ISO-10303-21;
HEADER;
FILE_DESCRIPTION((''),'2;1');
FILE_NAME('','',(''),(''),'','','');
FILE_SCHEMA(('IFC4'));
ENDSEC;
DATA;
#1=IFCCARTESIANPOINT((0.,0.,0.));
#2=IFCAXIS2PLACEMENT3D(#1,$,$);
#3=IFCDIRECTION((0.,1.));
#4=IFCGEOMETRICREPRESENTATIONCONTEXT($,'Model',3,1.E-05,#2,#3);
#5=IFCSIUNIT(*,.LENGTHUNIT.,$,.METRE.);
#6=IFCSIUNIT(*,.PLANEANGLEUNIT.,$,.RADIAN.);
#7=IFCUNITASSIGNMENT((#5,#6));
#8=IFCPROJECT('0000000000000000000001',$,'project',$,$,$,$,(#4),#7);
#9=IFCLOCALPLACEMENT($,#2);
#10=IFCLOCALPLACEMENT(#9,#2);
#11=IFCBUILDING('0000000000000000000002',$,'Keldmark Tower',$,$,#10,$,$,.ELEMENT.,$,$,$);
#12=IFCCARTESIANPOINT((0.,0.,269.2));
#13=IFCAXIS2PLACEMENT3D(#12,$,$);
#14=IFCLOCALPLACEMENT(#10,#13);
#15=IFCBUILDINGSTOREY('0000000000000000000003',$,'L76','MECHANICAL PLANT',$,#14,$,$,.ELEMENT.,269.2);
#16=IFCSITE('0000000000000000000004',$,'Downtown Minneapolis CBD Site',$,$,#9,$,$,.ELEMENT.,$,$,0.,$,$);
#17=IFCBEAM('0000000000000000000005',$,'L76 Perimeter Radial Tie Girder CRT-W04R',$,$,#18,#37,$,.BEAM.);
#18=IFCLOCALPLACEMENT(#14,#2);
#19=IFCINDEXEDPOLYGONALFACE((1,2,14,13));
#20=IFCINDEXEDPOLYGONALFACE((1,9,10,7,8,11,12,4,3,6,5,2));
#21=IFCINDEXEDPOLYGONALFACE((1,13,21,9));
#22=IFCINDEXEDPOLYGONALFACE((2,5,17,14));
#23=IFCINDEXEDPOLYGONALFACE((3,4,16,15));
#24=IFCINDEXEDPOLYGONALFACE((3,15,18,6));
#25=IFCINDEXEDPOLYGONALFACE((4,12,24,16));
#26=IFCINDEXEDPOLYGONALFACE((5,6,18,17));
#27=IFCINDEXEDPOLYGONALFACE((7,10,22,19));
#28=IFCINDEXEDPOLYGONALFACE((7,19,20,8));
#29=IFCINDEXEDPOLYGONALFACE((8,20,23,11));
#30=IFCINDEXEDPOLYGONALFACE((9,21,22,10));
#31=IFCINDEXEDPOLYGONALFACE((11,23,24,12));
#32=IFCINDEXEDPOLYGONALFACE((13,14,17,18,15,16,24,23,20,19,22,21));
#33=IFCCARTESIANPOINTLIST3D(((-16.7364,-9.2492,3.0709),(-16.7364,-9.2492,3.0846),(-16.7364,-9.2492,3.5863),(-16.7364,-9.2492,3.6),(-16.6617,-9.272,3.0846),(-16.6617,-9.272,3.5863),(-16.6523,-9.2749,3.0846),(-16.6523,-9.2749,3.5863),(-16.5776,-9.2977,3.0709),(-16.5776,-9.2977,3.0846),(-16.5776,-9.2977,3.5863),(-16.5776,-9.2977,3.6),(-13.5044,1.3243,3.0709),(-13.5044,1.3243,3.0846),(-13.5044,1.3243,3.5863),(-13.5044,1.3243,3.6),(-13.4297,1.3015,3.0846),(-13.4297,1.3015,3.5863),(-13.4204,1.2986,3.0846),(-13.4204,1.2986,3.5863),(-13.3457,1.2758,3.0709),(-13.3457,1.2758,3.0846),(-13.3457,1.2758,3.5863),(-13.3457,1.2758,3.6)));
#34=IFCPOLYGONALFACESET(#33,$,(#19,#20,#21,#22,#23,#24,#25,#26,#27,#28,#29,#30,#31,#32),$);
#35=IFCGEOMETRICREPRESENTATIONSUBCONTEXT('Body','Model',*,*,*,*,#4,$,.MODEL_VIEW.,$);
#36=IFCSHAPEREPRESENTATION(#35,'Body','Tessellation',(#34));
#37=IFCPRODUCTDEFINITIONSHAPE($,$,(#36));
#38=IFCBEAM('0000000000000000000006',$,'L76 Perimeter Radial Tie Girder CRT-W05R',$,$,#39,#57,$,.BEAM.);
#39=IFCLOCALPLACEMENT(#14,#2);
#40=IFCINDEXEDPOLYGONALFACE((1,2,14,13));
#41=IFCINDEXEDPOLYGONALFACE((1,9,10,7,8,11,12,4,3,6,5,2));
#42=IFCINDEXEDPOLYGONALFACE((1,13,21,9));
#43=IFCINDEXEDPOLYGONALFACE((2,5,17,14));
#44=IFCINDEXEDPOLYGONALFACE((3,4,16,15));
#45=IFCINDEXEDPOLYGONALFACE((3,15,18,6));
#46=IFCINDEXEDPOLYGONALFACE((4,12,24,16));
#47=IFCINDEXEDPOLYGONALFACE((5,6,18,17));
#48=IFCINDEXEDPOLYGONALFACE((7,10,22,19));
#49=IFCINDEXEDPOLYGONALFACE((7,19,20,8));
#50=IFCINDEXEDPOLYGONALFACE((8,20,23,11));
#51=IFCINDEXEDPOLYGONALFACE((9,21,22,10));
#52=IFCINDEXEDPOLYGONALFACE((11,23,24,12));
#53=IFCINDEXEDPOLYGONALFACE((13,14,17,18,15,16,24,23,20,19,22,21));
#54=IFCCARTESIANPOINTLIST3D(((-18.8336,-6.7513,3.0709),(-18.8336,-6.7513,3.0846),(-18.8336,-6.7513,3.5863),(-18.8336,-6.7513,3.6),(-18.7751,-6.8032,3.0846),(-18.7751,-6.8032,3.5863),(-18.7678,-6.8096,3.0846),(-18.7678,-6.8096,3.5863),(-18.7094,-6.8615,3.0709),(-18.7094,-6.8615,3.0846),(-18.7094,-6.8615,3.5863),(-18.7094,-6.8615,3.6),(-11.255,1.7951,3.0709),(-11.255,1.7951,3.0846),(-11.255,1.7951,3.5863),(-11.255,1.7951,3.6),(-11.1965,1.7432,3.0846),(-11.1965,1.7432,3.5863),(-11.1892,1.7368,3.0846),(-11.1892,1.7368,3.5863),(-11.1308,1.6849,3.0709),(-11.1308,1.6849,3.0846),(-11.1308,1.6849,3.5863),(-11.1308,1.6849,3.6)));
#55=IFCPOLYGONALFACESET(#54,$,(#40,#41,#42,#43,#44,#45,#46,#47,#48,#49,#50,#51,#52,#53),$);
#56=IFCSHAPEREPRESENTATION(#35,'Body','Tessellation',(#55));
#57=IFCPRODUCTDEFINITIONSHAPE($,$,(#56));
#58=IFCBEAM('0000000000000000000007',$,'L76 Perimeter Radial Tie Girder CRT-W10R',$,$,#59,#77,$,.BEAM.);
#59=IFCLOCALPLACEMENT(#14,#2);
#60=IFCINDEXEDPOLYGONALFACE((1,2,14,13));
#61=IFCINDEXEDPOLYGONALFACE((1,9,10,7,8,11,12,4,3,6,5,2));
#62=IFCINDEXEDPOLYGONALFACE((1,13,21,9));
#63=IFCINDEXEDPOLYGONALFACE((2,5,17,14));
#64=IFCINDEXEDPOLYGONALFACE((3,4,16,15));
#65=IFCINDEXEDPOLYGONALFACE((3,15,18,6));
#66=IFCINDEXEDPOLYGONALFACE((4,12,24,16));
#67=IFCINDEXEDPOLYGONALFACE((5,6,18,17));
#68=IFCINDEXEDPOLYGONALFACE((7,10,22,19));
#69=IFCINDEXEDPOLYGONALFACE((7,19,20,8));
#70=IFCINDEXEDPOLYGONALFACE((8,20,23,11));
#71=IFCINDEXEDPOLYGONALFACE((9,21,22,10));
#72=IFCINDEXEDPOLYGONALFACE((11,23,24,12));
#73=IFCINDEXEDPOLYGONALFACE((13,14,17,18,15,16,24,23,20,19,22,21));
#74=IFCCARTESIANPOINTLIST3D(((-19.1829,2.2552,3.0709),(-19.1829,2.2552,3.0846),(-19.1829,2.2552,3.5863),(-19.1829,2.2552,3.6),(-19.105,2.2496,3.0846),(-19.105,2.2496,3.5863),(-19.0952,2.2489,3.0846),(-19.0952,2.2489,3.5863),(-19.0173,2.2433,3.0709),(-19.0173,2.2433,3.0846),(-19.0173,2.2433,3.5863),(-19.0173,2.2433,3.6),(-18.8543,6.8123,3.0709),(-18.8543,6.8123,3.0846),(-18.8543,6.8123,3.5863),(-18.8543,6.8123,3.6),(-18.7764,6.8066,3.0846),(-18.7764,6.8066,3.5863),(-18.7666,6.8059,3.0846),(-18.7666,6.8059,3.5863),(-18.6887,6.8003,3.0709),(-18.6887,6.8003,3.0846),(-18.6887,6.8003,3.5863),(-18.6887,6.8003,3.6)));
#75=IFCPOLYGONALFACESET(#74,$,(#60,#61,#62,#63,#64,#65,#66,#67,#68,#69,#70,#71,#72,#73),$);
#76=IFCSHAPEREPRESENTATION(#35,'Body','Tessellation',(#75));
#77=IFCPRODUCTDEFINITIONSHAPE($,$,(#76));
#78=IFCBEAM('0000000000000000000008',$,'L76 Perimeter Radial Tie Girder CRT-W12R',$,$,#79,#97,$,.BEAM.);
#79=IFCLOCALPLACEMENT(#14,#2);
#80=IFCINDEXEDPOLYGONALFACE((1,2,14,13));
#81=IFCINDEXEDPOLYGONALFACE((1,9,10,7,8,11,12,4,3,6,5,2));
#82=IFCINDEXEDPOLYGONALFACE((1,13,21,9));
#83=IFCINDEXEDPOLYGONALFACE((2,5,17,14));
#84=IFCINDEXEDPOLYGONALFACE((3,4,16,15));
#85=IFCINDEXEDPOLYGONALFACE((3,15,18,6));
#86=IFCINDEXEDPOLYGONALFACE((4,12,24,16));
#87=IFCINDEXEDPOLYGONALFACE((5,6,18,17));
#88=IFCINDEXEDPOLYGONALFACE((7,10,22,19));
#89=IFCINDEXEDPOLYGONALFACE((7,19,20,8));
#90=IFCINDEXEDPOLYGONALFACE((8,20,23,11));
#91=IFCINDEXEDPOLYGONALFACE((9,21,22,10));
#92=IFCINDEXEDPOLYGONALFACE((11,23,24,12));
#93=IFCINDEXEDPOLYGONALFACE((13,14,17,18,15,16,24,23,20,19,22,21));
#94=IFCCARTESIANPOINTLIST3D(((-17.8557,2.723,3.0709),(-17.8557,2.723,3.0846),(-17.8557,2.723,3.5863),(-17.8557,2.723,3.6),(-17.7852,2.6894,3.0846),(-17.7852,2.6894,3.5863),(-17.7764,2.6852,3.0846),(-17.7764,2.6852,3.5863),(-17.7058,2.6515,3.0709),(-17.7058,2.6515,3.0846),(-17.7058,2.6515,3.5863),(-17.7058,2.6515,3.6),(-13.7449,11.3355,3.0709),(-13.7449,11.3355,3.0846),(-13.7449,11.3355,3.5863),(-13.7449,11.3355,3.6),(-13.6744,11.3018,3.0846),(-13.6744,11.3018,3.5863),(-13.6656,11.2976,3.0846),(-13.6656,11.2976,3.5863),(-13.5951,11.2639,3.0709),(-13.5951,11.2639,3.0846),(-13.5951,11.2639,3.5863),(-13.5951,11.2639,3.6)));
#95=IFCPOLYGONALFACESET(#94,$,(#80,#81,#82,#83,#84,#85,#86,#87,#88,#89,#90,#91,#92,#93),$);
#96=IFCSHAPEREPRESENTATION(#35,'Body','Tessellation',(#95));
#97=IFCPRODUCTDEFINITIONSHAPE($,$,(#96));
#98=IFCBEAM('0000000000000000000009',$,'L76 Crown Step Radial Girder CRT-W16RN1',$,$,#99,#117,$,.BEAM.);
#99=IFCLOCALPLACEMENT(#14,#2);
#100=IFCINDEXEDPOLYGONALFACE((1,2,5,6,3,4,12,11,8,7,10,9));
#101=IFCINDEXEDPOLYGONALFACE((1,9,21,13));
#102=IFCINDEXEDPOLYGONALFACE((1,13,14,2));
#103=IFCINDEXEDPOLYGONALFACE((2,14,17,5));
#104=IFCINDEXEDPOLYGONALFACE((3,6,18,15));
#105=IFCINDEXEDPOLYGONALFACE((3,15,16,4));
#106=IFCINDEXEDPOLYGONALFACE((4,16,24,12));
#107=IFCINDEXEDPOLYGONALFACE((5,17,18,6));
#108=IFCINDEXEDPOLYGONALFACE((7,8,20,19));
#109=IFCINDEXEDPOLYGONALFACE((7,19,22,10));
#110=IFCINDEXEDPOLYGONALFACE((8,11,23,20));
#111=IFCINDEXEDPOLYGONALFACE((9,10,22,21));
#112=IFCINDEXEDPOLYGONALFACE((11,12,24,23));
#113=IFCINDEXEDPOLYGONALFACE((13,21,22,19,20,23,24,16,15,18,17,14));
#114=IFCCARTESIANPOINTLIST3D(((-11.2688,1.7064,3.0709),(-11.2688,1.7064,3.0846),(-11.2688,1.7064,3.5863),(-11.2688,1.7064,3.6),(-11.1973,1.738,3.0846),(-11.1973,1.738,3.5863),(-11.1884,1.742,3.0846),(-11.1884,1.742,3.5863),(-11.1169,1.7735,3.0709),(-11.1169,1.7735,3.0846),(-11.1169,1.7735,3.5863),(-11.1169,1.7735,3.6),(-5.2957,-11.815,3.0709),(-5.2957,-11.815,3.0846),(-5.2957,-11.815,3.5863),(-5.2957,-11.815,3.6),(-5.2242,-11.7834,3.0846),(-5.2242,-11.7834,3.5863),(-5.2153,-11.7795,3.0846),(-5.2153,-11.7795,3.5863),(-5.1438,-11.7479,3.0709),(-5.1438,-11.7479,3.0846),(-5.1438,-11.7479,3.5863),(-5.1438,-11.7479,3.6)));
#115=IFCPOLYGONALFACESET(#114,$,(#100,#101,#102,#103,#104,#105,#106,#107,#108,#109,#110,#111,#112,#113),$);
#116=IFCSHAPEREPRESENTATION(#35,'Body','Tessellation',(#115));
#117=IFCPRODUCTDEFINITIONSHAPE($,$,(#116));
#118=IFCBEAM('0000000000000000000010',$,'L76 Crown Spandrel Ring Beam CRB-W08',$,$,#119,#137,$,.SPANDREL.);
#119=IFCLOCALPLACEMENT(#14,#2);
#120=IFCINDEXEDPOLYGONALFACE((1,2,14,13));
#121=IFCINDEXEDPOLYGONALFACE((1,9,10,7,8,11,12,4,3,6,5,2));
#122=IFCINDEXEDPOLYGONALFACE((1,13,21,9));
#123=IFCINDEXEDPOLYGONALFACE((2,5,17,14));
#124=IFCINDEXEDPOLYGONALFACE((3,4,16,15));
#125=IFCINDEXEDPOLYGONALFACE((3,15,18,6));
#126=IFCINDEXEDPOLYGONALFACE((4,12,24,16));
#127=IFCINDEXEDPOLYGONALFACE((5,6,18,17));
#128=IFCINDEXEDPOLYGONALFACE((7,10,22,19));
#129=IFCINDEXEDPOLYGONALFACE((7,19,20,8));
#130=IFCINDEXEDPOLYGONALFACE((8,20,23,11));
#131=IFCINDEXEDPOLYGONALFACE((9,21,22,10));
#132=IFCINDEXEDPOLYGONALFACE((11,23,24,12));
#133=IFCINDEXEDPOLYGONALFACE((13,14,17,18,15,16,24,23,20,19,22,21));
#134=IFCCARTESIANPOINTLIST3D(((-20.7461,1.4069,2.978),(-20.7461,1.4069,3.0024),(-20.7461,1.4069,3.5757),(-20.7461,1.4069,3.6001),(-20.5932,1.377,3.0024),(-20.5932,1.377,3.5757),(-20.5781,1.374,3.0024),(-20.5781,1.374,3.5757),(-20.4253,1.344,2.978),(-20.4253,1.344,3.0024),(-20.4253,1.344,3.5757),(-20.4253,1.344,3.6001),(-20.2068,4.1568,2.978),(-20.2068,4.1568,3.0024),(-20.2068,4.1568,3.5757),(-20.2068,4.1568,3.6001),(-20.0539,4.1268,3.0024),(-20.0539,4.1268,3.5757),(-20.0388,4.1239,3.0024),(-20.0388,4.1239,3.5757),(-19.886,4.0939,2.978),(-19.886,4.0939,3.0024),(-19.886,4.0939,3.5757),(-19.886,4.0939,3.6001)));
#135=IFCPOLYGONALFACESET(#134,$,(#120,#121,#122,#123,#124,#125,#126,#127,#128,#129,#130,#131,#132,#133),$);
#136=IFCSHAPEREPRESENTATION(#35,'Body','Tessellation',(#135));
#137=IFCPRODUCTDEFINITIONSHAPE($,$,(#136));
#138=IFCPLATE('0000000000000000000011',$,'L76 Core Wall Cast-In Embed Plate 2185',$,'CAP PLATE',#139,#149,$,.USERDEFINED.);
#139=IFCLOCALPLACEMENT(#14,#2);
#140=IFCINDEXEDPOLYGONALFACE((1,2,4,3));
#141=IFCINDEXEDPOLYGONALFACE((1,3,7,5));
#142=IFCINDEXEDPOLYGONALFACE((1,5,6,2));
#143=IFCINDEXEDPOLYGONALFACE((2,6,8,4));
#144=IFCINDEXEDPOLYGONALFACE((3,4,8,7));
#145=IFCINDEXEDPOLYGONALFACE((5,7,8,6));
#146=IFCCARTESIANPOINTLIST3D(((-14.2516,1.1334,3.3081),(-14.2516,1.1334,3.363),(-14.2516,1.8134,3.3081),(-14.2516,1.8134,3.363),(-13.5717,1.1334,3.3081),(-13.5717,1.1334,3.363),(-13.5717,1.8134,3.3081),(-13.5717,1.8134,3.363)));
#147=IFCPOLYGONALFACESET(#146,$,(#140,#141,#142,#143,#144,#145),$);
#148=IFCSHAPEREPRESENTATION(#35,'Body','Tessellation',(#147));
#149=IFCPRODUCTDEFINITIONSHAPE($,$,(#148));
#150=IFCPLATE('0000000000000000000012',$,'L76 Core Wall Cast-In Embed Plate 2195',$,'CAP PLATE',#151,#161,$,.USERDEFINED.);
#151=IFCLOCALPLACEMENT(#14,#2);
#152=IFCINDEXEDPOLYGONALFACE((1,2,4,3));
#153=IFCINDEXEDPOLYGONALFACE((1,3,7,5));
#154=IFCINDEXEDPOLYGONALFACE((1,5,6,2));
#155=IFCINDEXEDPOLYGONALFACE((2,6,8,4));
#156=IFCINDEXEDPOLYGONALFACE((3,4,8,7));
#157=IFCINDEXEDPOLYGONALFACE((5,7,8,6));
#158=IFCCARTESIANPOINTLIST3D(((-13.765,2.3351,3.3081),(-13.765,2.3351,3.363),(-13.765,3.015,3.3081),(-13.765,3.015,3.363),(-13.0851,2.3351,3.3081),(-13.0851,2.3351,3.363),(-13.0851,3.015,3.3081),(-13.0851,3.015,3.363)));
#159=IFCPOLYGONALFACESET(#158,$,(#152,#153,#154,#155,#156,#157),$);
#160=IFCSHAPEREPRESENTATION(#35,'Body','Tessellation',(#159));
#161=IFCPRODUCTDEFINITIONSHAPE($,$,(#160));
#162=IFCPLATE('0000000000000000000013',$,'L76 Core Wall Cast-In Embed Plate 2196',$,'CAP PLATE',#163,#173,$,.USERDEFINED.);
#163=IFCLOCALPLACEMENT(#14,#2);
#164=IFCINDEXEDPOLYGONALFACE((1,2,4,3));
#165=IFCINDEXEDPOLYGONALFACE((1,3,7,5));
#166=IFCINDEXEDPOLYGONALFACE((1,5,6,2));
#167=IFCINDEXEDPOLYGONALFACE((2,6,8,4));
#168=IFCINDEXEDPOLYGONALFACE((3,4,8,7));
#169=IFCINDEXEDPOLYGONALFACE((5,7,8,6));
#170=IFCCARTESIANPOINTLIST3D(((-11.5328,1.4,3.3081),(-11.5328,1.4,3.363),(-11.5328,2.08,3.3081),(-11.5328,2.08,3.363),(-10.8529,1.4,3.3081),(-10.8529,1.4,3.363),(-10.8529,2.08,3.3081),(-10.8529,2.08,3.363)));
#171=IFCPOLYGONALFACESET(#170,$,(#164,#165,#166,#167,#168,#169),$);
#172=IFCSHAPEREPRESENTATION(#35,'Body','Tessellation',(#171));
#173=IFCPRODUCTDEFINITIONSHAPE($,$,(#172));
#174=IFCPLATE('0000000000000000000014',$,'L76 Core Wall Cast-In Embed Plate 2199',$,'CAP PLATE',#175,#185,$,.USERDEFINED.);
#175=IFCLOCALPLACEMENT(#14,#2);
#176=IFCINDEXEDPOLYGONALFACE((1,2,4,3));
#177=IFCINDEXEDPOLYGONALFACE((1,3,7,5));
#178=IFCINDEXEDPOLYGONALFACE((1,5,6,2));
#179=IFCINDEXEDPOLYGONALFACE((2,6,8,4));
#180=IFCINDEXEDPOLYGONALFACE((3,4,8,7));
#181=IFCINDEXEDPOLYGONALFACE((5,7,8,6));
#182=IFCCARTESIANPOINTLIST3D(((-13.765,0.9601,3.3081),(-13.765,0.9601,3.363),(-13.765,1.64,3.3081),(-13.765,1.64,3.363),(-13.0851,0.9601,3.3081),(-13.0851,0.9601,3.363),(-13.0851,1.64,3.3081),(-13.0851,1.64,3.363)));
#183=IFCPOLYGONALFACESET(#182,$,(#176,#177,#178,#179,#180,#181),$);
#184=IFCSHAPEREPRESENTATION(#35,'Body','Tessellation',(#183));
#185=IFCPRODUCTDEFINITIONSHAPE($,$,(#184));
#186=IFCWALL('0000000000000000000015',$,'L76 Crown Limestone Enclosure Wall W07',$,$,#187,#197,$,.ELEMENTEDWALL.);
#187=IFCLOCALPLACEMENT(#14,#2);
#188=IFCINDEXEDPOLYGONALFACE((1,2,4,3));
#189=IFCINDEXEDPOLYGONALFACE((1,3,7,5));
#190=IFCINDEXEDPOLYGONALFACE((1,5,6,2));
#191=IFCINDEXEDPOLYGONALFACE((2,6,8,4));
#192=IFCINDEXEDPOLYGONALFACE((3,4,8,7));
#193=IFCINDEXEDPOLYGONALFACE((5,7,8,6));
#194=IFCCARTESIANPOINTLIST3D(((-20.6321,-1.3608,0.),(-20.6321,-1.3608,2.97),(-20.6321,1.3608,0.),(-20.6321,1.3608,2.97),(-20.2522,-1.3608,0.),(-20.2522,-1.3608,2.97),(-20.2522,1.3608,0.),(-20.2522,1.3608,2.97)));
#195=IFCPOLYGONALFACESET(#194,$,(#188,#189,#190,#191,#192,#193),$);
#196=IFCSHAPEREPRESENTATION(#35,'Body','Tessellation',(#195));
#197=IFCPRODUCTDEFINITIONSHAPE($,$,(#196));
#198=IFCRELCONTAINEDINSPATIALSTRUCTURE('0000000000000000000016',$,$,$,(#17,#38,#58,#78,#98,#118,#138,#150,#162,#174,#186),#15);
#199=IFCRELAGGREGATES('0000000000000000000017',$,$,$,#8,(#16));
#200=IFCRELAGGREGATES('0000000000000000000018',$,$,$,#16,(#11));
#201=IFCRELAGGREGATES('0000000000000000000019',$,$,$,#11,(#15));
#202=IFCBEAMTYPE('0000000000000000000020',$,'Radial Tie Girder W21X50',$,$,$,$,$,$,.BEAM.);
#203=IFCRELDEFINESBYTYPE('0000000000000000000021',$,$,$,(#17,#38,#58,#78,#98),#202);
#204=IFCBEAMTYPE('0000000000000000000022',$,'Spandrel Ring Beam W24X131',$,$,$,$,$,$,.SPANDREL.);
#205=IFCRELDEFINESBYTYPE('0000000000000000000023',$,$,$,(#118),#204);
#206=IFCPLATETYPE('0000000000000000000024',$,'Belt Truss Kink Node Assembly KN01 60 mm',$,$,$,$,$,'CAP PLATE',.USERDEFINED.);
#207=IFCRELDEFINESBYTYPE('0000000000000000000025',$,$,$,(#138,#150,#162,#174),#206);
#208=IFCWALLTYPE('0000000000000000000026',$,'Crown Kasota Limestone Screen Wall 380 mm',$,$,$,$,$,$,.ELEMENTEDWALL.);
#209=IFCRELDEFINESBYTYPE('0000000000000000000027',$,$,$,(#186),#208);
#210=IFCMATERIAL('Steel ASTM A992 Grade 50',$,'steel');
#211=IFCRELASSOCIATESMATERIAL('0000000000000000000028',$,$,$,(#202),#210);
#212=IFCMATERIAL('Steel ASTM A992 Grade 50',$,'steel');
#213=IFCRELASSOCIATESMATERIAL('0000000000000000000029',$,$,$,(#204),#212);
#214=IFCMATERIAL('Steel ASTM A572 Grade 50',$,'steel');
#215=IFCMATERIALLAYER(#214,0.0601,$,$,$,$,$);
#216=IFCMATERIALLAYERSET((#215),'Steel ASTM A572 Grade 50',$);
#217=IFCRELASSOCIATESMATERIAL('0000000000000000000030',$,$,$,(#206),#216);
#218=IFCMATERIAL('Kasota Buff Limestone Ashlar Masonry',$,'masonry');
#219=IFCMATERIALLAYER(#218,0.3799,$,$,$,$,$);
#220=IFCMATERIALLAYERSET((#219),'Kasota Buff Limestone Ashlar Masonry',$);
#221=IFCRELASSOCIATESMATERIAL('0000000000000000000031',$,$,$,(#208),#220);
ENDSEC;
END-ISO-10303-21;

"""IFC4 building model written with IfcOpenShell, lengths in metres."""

from ifc_helpers import new_model, si_unit, direction, frame, frame_2d, origin, origin_2d, place, context, subcontext, project, spatial, rectangle, i_section, extrude, material, layer, layer_set, material_profile, profile_set, type_object, element, save


model = new_model("IFC4")

# Units and contexts
model_context = context("Model", 3, precision=1e-05, world=origin(), true_north=direction((0.0, 1.0)))
body_context = subcontext(model_context, "Body", "Model", "MODEL_VIEW")
ifc_project = project(units=[si_unit("LENGTHUNIT", "METRE"), si_unit("PLANEANGLEUNIT", "RADIAN")], contexts=[model_context])

# Site, building, storey
site_placement = place(None, origin())
site = spatial("IfcSite", under=ifc_project, at=site_placement, Name="Downtown Minneapolis CBD Site", CompositionType="ELEMENT", RefElevation=0.0)
building_placement = place(site_placement, origin())
building = spatial("IfcBuilding", under=site, at=building_placement, Name="Keldmark Tower", CompositionType="ELEMENT")
storey_placement = place(building_placement, frame((0.0, 0.0, 269.2)))
storey = spatial("IfcBuildingStorey", under=building, at=storey_placement, Name="L76", Description="MECHANICAL PLANT", CompositionType="ELEMENT", Elevation=269.2)

# Beams
ifc_material_1 = material(Name="Steel ASTM A992 Grade 50", Category="steel")
ifc_material_profile_1 = material_profile(ifc_material_1, i_section(OverallWidth=0.166, OverallDepth=0.5291, WebThickness=0.0098, FlangeThickness=0.0137, at=origin_2d()), Name="W21X50")
ifc_profile_set_1 = profile_set([ifc_material_profile_1], Name="Steel ASTM A992 Grade 50")
beam_type_1 = type_object("IfcBeamType", Name="Radial Tie Girder W21X50", PredefinedType="BEAM", material=ifc_profile_set_1)
beam_1_placement = place(storey_placement, frame((-13.425, 1.3, 3.3354), z_axis=(-0.292313, -0.956323, 0.0), x_axis=(0.956323, -0.292313, 0.0)))
element("IfcBeam", 1, at=beam_1_placement, inside=storey, type_object=beam_type_1, Name="L76 Perimeter Radial Tie Girder CRT-W04R", PredefinedType="BEAM", context=body_context, shape_type="SweptSolid", body=[
    extrude(i_section(OverallWidth=0.166, OverallDepth=0.5291, WebThickness=0.0098, FlangeThickness=0.0137, at=origin_2d()), origin(), (0.0, 0.0, 1.0), 11.0564),
])
beam_2_placement = place(storey_placement, frame((-11.1929, 1.74, 3.3354), z_axis=(-0.663475, -0.748199, 0.0), x_axis=(0.748199, -0.663475, 0.0)))
element("IfcBeam", 2, at=beam_2_placement, inside=storey, type_object=beam_type_1, Name="L76 Perimeter Radial Tie Girder CRT-W05R", PredefinedType="BEAM", context=body_context, shape_type="SweptSolid", body=[
    extrude(i_section(OverallWidth=0.166, OverallDepth=0.5291, WebThickness=0.0098, FlangeThickness=0.0137, at=origin_2d()), origin(), (0.0, 0.0, 1.0), 11.4226),
])
beam_3_placement = place(storey_placement, frame((-19.1001, 2.2493, 3.3354), z_axis=(0.071923, 0.99741, 0.0), x_axis=(-0.99741, 0.071923, 0.0)))
element("IfcBeam", 3, at=beam_3_placement, inside=storey, type_object=beam_type_1, Name="L76 Perimeter Radial Tie Girder CRT-W10R", PredefinedType="BEAM", context=body_context, shape_type="SweptSolid", body=[
    extrude(i_section(OverallWidth=0.166, OverallDepth=0.5291, WebThickness=0.0098, FlangeThickness=0.0137, at=origin_2d()), origin(), (0.0, 0.0, 1.0), 4.5688),
])
beam_4_placement = place(storey_placement, frame((-17.7808, 2.6873, 3.3354), z_axis=(0.430756, 0.902469, 0.0), x_axis=(-0.902469, 0.430756, 0.0)))
element("IfcBeam", 4, at=beam_4_placement, inside=storey, type_object=beam_type_1, Name="L76 Perimeter Radial Tie Girder CRT-W12R", PredefinedType="BEAM", context=body_context, shape_type="SweptSolid", body=[
    extrude(i_section(OverallWidth=0.166, OverallDepth=0.5291, WebThickness=0.0098, FlangeThickness=0.0137, at=origin_2d()), origin(), (0.0, 0.0, 1.0), 9.5432),
])
beam_5_placement = place(storey_placement, frame((-11.1929, 1.74, 3.3354), z_axis=(0.404081, -0.914723, 0.0), x_axis=(0.914723, 0.404081, 0.0)))
element("IfcBeam", 5, at=beam_5_placement, inside=storey, type_object=beam_type_1, Name="L76 Crown Step Radial Girder CRT-W16RN1", PredefinedType="BEAM", context=body_context, shape_type="SweptSolid", body=[
    extrude(i_section(OverallWidth=0.166, OverallDepth=0.5291, WebThickness=0.0098, FlangeThickness=0.0137, at=origin_2d()), origin(), (0.0, 0.0, 1.0), 14.782),
])
ifc_material_2 = material(Name="Steel ASTM A992 Grade 50", Category="steel")
ifc_material_profile_2 = material_profile(ifc_material_2, i_section(OverallWidth=0.3269, OverallDepth=0.6221, WebThickness=0.0154, FlangeThickness=0.0244, at=origin_2d()), Name="W24X131")
ifc_profile_set_2 = profile_set([ifc_material_profile_2], Name="Steel ASTM A992 Grade 50")
beam_type_2 = type_object("IfcBeamType", Name="Spandrel Ring Beam W24X131", PredefinedType="SPANDREL", material=ifc_profile_set_2)
beam_6_placement = place(storey_placement, frame((-20.5857, 1.3755, 3.2891), z_axis=(0.192462, 0.981304, 0.0), x_axis=(-0.981304, 0.192462, 0.0)))
element("IfcBeam", 6, at=beam_6_placement, inside=storey, type_object=beam_type_2, Name="L76 Crown Spandrel Ring Beam CRB-W08", PredefinedType="SPANDREL", context=body_context, shape_type="SweptSolid", body=[
    extrude(i_section(OverallWidth=0.3269, OverallDepth=0.6221, WebThickness=0.0154, FlangeThickness=0.0244, at=origin_2d()), origin(), (0.0, 0.0, 1.0), 2.8022),
])

# Plates
ifc_material_3 = material(Name="Steel ASTM A572 Grade 50", Category="steel")
ifc_layer_1 = layer(ifc_material_3, 0.0601)
ifc_layer_set_1 = layer_set([ifc_layer_1], Name="Steel ASTM A572 Grade 50")
plate_type = type_object("IfcPlateType", Name="Belt Truss Kink Node Assembly KN01 60 mm", ElementType="CAP PLATE", PredefinedType="USERDEFINED", material=ifc_layer_set_1)
for number, where, z_axis, x_axis, name in (
    (7, (-13.9116, 1.4734, 3.3081), (0.0, 0.0, 1.0), (1.0, 0.0, 0.0), "L76 Core Wall Cast-In Embed Plate 2185"),
    (8, (-13.425, 2.675, 3.3081), (0.0, 0.0, 1.0), (1.0, 0.0, 0.0), "L76 Core Wall Cast-In Embed Plate 2195"),
    (9, (-11.1929, 1.74, 3.3081), (0.0, 0.0, 1.0), (1.0, 0.0, 0.0), "L76 Core Wall Cast-In Embed Plate 2196"),
    (10, (-13.425, 1.3, 3.3081), (0.0, 0.0, 1.0), (1.0, 0.0, 0.0), "L76 Core Wall Cast-In Embed Plate 2199"),
):
    element("IfcPlate", number, at=place(storey_placement, frame(where, z_axis=z_axis, x_axis=x_axis)), inside=storey, type_object=plate_type, Name=name, ObjectType="CAP PLATE", PredefinedType="USERDEFINED", context=body_context, shape_type="SweptSolid", body=[
        extrude(rectangle(XDim=0.6799, YDim=0.6799, at=origin_2d()), origin(), (0.0, 0.0, 1.0), 0.0549),
    ])

# Wall
ifc_material_4 = material(Name="Kasota Buff Limestone Ashlar Masonry", Category="masonry")
ifc_layer_2 = layer(ifc_material_4, 0.3799)
ifc_layer_set_2 = layer_set([ifc_layer_2], Name="Kasota Buff Limestone Ashlar Masonry")
wall_type_1 = type_object("IfcWallType", Name="Crown Kasota Limestone Screen Wall 380 mm", PredefinedType="ELEMENTEDWALL", material=ifc_layer_set_2)
wall_1_placement = place(storey_placement, frame((-20.4421, 1.3608, 0.0), z_axis=(0.0, 0.0, 1.0), x_axis=(0.0, -1.0, 0.0)))
element("IfcWall", 11, at=wall_1_placement, inside=storey, type_object=wall_type_1, Name="L76 Crown Limestone Enclosure Wall W07", PredefinedType="ELEMENTEDWALL", context=body_context, shape_type="SweptSolid", body=[
    extrude(rectangle(XDim=2.7217, YDim=0.3799, at=frame_2d((1.3608, 0.0))), origin(), (0.0, 0.0, 1.0), 2.97),
])

save(model, "model.ifc")
